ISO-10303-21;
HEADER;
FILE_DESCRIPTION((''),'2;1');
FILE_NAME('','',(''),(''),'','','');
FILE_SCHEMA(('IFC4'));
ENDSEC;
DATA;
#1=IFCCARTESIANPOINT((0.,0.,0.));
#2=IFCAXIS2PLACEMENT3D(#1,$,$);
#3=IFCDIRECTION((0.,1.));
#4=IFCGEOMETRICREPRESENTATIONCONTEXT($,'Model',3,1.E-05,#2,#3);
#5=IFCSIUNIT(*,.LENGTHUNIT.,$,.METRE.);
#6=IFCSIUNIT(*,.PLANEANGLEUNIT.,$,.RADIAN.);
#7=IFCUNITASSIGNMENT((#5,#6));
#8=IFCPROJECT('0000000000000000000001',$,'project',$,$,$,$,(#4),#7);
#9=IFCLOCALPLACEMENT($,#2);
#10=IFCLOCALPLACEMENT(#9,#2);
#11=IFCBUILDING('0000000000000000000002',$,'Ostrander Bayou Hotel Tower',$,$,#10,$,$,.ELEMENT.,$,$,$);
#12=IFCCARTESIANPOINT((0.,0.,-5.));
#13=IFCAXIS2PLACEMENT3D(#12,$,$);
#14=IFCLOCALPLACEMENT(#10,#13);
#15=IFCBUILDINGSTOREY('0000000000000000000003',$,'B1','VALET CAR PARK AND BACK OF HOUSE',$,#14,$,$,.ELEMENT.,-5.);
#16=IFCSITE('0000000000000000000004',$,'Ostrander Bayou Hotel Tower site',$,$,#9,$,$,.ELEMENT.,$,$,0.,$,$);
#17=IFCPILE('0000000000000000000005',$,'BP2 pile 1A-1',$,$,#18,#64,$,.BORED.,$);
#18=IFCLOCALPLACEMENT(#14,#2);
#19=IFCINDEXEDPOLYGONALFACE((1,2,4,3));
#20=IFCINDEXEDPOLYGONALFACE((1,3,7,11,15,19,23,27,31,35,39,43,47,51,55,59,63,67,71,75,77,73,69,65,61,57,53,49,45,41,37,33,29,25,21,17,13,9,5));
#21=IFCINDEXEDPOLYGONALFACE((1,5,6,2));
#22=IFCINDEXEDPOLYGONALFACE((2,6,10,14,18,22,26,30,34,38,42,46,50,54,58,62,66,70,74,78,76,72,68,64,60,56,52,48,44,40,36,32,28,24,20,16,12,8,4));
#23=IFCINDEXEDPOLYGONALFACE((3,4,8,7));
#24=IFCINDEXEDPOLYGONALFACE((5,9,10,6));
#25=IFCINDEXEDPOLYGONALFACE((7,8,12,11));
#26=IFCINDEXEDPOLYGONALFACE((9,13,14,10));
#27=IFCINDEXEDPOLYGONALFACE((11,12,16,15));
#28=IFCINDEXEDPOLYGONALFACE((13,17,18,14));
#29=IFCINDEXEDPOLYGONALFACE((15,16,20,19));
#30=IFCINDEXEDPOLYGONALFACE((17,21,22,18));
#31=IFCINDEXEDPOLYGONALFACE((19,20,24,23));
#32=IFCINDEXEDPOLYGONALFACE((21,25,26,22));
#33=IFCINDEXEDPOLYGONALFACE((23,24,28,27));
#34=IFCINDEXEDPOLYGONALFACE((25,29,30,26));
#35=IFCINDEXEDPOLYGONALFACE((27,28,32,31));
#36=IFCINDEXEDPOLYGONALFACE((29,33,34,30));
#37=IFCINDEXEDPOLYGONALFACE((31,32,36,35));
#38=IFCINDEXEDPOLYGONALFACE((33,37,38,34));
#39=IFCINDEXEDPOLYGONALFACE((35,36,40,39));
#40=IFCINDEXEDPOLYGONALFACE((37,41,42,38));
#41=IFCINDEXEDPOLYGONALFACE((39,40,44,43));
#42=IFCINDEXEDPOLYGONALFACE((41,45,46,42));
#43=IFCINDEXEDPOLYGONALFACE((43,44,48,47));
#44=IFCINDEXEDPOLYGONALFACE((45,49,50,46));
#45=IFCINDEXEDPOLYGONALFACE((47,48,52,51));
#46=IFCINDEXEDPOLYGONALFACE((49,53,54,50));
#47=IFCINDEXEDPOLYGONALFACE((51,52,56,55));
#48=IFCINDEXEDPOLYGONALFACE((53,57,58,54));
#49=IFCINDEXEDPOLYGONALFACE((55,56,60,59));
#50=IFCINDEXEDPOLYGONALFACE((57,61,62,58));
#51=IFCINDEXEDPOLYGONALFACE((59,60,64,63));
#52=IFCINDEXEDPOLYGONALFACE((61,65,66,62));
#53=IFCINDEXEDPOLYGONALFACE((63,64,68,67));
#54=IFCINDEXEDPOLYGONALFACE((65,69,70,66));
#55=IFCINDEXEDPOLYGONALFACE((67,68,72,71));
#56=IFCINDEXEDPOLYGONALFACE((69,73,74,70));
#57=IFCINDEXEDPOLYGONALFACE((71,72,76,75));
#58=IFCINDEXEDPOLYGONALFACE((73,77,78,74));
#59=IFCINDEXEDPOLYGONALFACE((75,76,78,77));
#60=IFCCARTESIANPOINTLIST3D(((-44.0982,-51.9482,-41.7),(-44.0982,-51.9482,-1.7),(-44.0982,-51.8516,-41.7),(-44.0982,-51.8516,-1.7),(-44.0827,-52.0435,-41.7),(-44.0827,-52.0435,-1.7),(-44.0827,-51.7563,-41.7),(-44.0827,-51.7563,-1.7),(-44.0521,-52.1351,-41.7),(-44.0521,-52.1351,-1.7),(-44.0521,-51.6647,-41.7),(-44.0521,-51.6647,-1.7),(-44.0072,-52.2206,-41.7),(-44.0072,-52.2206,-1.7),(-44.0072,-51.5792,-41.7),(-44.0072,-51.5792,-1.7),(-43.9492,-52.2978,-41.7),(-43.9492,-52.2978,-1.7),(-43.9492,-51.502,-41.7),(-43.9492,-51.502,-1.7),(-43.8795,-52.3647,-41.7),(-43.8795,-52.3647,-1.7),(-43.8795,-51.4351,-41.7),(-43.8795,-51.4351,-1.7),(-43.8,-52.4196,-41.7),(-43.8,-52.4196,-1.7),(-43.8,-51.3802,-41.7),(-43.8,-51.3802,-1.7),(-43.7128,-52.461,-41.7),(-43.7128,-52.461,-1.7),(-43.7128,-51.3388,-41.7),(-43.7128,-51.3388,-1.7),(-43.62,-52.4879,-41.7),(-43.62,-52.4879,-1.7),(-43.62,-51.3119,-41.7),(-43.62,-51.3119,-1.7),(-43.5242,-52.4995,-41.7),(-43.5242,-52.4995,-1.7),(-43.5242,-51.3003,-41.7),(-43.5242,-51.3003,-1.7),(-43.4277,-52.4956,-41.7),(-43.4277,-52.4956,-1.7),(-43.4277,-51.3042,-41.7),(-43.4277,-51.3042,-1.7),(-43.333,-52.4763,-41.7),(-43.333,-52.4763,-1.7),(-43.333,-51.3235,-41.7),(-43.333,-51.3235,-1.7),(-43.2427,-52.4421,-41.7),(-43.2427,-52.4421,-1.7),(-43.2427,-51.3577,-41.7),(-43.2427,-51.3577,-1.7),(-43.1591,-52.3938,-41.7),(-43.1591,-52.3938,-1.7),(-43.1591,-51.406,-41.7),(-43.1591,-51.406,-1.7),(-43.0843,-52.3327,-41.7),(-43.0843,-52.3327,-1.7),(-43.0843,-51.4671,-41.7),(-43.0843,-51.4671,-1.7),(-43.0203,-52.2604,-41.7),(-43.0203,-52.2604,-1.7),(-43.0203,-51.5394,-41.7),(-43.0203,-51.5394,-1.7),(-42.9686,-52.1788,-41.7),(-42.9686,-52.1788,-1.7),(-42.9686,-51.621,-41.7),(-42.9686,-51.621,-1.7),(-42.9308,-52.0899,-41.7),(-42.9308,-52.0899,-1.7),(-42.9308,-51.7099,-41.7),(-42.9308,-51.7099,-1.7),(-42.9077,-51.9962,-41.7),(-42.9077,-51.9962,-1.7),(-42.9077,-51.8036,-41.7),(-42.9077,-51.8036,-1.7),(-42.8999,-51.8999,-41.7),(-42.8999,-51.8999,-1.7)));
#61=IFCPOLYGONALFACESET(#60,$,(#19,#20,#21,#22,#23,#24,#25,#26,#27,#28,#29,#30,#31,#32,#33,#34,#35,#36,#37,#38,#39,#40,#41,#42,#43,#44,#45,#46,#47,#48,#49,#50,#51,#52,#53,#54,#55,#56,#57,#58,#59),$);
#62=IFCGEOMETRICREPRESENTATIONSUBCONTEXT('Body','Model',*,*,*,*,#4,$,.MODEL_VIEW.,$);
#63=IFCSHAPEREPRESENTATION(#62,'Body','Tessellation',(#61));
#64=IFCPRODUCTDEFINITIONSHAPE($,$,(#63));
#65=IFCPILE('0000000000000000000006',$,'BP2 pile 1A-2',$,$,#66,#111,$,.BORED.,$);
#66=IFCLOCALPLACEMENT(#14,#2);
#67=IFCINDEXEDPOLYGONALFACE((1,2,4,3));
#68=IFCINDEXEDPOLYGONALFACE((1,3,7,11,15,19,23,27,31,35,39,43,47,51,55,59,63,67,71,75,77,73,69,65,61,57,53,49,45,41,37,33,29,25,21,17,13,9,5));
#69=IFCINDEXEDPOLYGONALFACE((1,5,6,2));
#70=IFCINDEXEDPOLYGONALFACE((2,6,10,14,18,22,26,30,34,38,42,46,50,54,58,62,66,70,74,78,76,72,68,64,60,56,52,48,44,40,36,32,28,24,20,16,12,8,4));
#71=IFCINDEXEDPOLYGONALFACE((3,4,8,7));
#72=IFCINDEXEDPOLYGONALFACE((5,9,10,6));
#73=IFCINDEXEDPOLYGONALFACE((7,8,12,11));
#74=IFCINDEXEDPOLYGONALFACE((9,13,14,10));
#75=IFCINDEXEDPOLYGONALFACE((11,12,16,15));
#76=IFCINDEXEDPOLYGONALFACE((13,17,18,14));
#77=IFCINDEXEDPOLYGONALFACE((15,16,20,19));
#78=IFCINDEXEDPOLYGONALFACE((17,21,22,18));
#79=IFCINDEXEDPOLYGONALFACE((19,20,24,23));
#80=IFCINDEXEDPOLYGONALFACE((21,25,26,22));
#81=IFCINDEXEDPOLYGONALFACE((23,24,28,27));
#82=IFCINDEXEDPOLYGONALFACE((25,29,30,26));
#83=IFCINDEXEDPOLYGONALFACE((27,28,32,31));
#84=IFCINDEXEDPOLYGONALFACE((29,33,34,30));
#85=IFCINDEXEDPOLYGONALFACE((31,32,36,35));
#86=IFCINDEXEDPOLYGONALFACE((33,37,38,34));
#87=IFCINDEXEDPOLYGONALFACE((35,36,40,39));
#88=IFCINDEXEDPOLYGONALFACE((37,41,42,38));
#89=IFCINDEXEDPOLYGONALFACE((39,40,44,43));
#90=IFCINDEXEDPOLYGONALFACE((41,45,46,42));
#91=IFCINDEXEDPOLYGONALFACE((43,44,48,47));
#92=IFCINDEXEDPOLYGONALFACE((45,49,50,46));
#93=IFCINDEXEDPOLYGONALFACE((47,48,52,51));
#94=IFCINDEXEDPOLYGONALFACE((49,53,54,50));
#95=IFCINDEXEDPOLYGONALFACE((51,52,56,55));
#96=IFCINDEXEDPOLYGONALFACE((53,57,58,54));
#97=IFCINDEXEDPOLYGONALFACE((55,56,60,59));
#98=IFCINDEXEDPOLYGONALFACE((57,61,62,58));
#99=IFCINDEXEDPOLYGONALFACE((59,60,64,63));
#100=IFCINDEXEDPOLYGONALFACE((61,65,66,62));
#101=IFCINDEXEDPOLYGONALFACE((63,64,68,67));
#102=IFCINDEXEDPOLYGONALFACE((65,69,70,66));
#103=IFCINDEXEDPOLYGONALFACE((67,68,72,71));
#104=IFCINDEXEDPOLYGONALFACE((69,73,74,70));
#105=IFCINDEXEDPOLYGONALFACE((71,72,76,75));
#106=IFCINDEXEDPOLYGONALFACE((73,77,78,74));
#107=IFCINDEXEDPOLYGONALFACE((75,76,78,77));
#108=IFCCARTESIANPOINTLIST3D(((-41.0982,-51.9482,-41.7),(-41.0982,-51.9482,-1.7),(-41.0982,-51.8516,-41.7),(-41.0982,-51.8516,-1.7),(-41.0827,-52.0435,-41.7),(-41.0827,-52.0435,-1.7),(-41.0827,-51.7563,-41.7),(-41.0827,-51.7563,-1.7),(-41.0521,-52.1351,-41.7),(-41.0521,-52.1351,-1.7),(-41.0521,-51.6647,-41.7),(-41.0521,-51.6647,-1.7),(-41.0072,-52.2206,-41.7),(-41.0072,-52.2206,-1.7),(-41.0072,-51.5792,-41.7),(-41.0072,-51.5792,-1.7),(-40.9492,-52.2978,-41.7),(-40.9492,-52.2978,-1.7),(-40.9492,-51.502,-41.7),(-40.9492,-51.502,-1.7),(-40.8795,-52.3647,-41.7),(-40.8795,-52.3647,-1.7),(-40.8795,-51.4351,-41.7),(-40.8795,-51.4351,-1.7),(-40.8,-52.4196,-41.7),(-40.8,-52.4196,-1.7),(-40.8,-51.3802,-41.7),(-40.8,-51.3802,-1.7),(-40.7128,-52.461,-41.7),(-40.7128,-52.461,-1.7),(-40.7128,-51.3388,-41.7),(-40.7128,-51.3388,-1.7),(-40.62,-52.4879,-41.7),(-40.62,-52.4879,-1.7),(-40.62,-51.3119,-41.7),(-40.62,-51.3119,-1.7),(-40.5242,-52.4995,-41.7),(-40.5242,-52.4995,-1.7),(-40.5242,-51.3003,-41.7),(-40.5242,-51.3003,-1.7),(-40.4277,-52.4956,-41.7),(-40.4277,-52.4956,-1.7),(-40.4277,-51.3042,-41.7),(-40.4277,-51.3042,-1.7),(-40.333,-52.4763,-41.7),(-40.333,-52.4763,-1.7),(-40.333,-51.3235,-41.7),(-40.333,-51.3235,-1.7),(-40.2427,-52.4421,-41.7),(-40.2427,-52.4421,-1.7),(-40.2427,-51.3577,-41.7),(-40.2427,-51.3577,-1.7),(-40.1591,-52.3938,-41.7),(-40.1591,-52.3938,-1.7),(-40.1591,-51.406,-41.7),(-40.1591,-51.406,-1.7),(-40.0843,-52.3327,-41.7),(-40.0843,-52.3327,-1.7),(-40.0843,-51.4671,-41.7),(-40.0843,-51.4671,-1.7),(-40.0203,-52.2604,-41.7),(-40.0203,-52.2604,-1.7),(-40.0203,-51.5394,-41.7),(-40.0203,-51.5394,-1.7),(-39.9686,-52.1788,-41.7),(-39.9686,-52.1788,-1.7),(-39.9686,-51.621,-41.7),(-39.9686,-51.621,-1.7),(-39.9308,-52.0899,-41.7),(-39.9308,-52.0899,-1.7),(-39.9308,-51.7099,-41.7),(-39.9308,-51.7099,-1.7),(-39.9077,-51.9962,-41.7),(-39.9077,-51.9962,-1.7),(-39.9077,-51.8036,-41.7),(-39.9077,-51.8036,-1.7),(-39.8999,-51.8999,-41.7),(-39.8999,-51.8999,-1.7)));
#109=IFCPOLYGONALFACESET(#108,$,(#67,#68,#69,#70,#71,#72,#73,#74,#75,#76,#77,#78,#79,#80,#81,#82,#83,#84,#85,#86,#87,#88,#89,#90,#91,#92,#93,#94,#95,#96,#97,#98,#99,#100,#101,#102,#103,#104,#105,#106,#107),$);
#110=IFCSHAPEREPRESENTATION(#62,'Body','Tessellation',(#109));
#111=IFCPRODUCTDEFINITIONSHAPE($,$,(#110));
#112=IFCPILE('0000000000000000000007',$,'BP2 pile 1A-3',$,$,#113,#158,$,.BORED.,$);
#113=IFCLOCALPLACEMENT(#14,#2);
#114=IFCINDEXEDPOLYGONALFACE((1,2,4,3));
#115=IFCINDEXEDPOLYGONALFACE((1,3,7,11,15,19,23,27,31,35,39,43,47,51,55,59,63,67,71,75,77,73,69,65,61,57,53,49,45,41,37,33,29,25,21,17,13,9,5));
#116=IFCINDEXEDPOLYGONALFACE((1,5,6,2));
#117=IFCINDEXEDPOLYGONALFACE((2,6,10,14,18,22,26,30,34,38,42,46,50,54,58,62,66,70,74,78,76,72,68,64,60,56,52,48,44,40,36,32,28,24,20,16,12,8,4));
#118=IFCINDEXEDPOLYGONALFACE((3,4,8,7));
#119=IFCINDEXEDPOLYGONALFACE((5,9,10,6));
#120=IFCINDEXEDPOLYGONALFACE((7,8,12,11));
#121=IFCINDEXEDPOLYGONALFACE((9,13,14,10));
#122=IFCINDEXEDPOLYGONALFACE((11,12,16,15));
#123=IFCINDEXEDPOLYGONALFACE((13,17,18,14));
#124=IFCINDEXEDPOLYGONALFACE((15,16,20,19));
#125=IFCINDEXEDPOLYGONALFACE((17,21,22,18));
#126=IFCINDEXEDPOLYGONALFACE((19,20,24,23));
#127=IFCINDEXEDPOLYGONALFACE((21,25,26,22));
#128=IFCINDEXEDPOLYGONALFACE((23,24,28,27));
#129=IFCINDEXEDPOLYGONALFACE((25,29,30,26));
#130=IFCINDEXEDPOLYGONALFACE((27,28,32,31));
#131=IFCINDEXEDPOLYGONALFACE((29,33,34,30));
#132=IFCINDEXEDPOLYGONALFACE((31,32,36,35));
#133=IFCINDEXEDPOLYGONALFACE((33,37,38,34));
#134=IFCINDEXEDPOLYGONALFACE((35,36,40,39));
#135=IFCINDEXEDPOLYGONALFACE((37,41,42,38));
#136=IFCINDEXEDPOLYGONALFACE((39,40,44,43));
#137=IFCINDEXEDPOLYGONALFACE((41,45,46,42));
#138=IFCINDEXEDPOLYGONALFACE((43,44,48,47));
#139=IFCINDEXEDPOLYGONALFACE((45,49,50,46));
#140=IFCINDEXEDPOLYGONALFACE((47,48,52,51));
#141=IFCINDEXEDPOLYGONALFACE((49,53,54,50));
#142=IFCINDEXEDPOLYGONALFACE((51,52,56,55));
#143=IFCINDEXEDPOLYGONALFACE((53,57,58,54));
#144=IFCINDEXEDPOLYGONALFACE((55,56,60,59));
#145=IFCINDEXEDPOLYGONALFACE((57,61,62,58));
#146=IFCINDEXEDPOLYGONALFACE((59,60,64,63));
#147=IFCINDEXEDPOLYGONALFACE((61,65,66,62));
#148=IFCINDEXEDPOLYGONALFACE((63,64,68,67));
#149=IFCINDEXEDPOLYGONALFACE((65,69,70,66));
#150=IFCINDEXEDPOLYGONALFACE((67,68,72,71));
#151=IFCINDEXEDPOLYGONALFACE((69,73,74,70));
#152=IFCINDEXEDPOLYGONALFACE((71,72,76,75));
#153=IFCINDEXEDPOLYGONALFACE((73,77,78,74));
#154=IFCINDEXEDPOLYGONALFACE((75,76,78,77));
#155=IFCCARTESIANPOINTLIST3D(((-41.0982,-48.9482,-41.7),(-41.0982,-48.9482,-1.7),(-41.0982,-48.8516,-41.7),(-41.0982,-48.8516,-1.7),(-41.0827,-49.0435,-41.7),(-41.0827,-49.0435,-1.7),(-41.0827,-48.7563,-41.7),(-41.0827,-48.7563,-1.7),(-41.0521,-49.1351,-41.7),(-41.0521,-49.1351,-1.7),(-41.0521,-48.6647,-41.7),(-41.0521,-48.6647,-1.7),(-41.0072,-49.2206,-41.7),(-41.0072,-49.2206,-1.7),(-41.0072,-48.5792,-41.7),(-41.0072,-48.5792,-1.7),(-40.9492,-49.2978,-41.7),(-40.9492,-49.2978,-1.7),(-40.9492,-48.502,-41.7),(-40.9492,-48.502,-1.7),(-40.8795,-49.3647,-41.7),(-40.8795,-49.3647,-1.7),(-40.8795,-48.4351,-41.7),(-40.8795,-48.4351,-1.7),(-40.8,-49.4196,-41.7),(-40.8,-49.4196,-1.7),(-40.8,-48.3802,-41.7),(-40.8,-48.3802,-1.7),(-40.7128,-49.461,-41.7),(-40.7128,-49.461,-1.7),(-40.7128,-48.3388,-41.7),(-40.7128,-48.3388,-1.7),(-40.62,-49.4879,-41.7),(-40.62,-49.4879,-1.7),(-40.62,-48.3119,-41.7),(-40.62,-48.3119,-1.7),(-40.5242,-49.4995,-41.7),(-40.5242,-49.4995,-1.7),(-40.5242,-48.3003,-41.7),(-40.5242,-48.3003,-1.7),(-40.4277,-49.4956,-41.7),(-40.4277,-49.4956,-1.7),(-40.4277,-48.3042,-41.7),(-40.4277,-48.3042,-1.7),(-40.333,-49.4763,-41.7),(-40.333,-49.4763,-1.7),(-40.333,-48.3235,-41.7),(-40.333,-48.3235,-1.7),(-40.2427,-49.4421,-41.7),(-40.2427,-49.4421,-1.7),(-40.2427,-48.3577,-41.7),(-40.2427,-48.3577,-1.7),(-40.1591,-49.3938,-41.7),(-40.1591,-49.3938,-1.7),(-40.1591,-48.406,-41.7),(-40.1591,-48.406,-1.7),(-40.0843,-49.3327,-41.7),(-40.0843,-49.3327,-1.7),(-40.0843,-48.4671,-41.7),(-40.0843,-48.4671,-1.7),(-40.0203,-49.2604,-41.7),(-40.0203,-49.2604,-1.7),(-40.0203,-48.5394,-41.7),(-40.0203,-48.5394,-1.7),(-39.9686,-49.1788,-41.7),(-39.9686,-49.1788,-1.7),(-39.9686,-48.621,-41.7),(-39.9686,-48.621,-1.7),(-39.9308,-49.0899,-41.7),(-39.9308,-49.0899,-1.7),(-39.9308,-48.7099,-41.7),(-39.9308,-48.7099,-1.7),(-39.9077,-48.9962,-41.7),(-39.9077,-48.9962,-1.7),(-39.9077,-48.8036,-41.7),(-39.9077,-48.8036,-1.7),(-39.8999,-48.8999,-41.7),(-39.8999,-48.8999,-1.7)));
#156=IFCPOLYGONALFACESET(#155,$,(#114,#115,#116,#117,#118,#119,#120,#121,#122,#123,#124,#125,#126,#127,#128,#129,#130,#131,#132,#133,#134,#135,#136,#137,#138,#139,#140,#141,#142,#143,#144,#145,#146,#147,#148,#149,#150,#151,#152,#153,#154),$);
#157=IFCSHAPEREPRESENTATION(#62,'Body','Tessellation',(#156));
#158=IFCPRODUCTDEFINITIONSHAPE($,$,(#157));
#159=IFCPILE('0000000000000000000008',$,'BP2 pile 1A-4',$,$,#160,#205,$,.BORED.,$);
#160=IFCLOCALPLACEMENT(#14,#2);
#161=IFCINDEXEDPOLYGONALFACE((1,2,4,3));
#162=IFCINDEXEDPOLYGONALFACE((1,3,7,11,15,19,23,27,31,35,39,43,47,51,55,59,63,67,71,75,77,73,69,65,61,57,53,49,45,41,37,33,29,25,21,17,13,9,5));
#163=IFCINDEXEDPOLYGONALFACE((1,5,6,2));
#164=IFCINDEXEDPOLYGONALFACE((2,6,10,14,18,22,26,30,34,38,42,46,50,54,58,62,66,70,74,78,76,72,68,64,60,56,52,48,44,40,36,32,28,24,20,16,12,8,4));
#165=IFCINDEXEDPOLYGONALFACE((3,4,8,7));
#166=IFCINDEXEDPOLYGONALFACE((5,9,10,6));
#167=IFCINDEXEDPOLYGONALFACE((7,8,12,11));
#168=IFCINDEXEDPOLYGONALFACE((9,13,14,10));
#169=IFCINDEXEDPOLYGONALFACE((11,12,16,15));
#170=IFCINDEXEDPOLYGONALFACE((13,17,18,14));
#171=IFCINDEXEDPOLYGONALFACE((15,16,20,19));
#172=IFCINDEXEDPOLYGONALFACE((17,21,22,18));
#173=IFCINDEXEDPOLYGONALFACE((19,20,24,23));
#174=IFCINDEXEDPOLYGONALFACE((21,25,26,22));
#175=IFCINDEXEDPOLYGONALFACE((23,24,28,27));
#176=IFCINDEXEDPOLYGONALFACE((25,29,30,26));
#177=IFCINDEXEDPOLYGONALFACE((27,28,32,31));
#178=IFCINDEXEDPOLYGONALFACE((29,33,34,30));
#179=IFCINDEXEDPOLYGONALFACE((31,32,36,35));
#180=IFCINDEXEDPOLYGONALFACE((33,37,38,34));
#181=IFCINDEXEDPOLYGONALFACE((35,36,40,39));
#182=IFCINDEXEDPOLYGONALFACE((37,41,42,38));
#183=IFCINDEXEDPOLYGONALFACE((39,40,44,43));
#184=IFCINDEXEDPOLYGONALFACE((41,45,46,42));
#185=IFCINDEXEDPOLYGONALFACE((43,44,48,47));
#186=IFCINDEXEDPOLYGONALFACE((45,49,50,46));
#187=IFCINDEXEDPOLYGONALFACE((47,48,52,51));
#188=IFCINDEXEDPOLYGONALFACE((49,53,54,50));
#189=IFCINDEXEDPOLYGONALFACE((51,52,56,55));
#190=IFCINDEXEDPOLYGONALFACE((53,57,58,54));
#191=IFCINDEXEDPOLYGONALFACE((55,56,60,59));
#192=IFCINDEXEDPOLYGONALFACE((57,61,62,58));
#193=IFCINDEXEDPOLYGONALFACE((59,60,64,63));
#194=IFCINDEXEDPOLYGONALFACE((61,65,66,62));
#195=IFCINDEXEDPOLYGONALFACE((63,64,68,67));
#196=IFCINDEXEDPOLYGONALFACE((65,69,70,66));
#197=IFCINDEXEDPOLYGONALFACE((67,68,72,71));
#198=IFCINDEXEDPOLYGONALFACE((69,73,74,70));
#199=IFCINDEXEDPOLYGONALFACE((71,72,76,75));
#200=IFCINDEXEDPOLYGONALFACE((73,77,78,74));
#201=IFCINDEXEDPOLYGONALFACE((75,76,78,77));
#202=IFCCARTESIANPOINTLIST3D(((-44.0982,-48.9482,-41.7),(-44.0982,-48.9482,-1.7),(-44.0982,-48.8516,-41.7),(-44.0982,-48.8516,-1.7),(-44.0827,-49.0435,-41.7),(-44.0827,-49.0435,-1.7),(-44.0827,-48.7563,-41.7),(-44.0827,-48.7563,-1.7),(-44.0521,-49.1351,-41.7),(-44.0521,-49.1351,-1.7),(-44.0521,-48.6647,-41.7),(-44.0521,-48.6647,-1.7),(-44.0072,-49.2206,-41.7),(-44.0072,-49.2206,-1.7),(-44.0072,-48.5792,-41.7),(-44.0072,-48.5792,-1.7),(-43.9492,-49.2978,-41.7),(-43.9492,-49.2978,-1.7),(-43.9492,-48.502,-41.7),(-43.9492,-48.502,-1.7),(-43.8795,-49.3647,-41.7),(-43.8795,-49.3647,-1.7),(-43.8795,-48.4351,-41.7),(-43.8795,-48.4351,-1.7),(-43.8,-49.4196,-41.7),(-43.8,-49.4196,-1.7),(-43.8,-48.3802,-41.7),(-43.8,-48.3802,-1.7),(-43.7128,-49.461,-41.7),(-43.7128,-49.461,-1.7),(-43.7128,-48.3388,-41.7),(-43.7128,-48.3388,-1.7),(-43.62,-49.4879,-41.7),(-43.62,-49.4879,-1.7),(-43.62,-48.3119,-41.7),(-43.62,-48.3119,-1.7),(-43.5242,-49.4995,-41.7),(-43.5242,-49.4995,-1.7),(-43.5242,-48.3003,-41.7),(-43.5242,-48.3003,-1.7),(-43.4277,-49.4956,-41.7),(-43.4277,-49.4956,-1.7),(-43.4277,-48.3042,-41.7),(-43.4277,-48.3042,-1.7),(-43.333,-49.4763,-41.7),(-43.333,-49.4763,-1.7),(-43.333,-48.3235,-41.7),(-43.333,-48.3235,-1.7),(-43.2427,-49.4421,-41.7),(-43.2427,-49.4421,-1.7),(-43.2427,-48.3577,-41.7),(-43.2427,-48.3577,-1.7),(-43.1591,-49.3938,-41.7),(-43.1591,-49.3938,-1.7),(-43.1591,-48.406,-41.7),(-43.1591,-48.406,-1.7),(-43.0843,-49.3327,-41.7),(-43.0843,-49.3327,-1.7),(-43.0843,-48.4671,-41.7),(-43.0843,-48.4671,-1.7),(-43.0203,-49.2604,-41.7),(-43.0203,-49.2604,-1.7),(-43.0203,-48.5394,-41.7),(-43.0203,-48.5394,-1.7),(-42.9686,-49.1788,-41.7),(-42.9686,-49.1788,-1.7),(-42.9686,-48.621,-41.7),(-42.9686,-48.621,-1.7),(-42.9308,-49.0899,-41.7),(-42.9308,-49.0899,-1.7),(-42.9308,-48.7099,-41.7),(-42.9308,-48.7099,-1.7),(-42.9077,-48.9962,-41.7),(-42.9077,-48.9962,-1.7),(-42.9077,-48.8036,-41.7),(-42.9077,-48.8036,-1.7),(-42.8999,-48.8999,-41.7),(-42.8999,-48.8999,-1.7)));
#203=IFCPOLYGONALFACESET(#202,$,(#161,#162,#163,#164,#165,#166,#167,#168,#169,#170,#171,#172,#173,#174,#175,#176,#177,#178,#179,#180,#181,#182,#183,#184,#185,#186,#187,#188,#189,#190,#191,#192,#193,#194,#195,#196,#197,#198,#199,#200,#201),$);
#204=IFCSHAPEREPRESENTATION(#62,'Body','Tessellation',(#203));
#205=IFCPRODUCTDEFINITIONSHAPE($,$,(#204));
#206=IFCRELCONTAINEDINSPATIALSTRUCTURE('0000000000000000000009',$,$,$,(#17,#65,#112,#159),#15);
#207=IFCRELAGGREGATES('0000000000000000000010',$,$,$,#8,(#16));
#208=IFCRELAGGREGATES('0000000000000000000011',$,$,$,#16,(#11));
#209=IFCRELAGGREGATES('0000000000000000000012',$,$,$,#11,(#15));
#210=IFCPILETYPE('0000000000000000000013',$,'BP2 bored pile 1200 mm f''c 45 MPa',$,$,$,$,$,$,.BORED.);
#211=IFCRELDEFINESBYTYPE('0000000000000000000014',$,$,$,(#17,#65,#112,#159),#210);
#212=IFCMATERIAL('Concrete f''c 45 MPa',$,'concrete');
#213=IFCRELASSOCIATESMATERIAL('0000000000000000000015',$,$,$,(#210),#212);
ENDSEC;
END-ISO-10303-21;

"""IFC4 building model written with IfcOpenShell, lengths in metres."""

from ifc_helpers import new_model, si_unit, direction, frame, origin, origin_2d, place, context, subcontext, project, spatial, circle, extrude, material, material_profile, profile_set, type_object, element, save


model = new_model("IFC4")

# Units and contexts
model_context = context("Model", 3, precision=1e-05, world=origin(), true_north=direction((0.0, 1.0)))
body_context = subcontext(model_context, "Body", "Model", "MODEL_VIEW")
ifc_project = project(units=[si_unit("LENGTHUNIT", "METRE"), si_unit("PLANEANGLEUNIT", "RADIAN")], contexts=[model_context])

# Site, building, storey
site_placement = place(None, origin())
site = spatial("IfcSite", under=ifc_project, at=site_placement, Name="Ostrander Bayou Hotel Tower site", CompositionType="ELEMENT", RefElevation=0.0)
building_placement = place(site_placement, origin())
building = spatial("IfcBuilding", under=site, at=building_placement, Name="Ostrander Bayou Hotel Tower", CompositionType="ELEMENT")
storey_placement = place(building_placement, frame((0.0, 0.0, -5.0)))
storey = spatial("IfcBuildingStorey", under=building, at=storey_placement, Name="B1", Description="VALET CAR PARK AND BACK OF HOUSE", CompositionType="ELEMENT", Elevation=-5.0)

# Piles
ifc_material_1 = material(Name="Concrete f'c 45 MPa", Category="concrete")
ifc_material_profile_1 = material_profile(ifc_material_1, circle(Radius=0.6001, at=origin_2d()))
ifc_profile_set_1 = profile_set([ifc_material_profile_1], Name="Concrete f'c 45 MPa")
pile_type = type_object("IfcPileType", Name="BP2 bored pile 1200 mm f'c 45 MPa", PredefinedType="BORED", material=ifc_profile_set_1)
for number, where, z_axis, x_axis, name in (
    (1, (-43.5, -51.8999, -1.7), (0.0, 0.0, -1.0), (1.0, 0.0, 0.0), "BP2 pile 1A-1"),
    (2, (-40.5, -51.8999, -1.7), (0.0, 0.0, -1.0), (1.0, 0.0, 0.0), "BP2 pile 1A-2"),
    (3, (-40.5, -48.8999, -1.7), (0.0, 0.0, -1.0), (1.0, 0.0, 0.0), "BP2 pile 1A-3"),
    (4, (-43.5, -48.8999, -1.7), (0.0, 0.0, -1.0), (1.0, 0.0, 0.0), "BP2 pile 1A-4"),
):
    element("IfcPile", number, at=place(storey_placement, frame(where, z_axis=z_axis, x_axis=x_axis)), inside=storey, type_object=pile_type, Name=name, PredefinedType="BORED", context=body_context, shape_type="SweptSolid", body=[
        extrude(circle(Radius=0.6001, at=origin_2d()), origin(), (0.0, 0.0, 1.0), 40.0),
    ])

save(model, "model.ifc")
